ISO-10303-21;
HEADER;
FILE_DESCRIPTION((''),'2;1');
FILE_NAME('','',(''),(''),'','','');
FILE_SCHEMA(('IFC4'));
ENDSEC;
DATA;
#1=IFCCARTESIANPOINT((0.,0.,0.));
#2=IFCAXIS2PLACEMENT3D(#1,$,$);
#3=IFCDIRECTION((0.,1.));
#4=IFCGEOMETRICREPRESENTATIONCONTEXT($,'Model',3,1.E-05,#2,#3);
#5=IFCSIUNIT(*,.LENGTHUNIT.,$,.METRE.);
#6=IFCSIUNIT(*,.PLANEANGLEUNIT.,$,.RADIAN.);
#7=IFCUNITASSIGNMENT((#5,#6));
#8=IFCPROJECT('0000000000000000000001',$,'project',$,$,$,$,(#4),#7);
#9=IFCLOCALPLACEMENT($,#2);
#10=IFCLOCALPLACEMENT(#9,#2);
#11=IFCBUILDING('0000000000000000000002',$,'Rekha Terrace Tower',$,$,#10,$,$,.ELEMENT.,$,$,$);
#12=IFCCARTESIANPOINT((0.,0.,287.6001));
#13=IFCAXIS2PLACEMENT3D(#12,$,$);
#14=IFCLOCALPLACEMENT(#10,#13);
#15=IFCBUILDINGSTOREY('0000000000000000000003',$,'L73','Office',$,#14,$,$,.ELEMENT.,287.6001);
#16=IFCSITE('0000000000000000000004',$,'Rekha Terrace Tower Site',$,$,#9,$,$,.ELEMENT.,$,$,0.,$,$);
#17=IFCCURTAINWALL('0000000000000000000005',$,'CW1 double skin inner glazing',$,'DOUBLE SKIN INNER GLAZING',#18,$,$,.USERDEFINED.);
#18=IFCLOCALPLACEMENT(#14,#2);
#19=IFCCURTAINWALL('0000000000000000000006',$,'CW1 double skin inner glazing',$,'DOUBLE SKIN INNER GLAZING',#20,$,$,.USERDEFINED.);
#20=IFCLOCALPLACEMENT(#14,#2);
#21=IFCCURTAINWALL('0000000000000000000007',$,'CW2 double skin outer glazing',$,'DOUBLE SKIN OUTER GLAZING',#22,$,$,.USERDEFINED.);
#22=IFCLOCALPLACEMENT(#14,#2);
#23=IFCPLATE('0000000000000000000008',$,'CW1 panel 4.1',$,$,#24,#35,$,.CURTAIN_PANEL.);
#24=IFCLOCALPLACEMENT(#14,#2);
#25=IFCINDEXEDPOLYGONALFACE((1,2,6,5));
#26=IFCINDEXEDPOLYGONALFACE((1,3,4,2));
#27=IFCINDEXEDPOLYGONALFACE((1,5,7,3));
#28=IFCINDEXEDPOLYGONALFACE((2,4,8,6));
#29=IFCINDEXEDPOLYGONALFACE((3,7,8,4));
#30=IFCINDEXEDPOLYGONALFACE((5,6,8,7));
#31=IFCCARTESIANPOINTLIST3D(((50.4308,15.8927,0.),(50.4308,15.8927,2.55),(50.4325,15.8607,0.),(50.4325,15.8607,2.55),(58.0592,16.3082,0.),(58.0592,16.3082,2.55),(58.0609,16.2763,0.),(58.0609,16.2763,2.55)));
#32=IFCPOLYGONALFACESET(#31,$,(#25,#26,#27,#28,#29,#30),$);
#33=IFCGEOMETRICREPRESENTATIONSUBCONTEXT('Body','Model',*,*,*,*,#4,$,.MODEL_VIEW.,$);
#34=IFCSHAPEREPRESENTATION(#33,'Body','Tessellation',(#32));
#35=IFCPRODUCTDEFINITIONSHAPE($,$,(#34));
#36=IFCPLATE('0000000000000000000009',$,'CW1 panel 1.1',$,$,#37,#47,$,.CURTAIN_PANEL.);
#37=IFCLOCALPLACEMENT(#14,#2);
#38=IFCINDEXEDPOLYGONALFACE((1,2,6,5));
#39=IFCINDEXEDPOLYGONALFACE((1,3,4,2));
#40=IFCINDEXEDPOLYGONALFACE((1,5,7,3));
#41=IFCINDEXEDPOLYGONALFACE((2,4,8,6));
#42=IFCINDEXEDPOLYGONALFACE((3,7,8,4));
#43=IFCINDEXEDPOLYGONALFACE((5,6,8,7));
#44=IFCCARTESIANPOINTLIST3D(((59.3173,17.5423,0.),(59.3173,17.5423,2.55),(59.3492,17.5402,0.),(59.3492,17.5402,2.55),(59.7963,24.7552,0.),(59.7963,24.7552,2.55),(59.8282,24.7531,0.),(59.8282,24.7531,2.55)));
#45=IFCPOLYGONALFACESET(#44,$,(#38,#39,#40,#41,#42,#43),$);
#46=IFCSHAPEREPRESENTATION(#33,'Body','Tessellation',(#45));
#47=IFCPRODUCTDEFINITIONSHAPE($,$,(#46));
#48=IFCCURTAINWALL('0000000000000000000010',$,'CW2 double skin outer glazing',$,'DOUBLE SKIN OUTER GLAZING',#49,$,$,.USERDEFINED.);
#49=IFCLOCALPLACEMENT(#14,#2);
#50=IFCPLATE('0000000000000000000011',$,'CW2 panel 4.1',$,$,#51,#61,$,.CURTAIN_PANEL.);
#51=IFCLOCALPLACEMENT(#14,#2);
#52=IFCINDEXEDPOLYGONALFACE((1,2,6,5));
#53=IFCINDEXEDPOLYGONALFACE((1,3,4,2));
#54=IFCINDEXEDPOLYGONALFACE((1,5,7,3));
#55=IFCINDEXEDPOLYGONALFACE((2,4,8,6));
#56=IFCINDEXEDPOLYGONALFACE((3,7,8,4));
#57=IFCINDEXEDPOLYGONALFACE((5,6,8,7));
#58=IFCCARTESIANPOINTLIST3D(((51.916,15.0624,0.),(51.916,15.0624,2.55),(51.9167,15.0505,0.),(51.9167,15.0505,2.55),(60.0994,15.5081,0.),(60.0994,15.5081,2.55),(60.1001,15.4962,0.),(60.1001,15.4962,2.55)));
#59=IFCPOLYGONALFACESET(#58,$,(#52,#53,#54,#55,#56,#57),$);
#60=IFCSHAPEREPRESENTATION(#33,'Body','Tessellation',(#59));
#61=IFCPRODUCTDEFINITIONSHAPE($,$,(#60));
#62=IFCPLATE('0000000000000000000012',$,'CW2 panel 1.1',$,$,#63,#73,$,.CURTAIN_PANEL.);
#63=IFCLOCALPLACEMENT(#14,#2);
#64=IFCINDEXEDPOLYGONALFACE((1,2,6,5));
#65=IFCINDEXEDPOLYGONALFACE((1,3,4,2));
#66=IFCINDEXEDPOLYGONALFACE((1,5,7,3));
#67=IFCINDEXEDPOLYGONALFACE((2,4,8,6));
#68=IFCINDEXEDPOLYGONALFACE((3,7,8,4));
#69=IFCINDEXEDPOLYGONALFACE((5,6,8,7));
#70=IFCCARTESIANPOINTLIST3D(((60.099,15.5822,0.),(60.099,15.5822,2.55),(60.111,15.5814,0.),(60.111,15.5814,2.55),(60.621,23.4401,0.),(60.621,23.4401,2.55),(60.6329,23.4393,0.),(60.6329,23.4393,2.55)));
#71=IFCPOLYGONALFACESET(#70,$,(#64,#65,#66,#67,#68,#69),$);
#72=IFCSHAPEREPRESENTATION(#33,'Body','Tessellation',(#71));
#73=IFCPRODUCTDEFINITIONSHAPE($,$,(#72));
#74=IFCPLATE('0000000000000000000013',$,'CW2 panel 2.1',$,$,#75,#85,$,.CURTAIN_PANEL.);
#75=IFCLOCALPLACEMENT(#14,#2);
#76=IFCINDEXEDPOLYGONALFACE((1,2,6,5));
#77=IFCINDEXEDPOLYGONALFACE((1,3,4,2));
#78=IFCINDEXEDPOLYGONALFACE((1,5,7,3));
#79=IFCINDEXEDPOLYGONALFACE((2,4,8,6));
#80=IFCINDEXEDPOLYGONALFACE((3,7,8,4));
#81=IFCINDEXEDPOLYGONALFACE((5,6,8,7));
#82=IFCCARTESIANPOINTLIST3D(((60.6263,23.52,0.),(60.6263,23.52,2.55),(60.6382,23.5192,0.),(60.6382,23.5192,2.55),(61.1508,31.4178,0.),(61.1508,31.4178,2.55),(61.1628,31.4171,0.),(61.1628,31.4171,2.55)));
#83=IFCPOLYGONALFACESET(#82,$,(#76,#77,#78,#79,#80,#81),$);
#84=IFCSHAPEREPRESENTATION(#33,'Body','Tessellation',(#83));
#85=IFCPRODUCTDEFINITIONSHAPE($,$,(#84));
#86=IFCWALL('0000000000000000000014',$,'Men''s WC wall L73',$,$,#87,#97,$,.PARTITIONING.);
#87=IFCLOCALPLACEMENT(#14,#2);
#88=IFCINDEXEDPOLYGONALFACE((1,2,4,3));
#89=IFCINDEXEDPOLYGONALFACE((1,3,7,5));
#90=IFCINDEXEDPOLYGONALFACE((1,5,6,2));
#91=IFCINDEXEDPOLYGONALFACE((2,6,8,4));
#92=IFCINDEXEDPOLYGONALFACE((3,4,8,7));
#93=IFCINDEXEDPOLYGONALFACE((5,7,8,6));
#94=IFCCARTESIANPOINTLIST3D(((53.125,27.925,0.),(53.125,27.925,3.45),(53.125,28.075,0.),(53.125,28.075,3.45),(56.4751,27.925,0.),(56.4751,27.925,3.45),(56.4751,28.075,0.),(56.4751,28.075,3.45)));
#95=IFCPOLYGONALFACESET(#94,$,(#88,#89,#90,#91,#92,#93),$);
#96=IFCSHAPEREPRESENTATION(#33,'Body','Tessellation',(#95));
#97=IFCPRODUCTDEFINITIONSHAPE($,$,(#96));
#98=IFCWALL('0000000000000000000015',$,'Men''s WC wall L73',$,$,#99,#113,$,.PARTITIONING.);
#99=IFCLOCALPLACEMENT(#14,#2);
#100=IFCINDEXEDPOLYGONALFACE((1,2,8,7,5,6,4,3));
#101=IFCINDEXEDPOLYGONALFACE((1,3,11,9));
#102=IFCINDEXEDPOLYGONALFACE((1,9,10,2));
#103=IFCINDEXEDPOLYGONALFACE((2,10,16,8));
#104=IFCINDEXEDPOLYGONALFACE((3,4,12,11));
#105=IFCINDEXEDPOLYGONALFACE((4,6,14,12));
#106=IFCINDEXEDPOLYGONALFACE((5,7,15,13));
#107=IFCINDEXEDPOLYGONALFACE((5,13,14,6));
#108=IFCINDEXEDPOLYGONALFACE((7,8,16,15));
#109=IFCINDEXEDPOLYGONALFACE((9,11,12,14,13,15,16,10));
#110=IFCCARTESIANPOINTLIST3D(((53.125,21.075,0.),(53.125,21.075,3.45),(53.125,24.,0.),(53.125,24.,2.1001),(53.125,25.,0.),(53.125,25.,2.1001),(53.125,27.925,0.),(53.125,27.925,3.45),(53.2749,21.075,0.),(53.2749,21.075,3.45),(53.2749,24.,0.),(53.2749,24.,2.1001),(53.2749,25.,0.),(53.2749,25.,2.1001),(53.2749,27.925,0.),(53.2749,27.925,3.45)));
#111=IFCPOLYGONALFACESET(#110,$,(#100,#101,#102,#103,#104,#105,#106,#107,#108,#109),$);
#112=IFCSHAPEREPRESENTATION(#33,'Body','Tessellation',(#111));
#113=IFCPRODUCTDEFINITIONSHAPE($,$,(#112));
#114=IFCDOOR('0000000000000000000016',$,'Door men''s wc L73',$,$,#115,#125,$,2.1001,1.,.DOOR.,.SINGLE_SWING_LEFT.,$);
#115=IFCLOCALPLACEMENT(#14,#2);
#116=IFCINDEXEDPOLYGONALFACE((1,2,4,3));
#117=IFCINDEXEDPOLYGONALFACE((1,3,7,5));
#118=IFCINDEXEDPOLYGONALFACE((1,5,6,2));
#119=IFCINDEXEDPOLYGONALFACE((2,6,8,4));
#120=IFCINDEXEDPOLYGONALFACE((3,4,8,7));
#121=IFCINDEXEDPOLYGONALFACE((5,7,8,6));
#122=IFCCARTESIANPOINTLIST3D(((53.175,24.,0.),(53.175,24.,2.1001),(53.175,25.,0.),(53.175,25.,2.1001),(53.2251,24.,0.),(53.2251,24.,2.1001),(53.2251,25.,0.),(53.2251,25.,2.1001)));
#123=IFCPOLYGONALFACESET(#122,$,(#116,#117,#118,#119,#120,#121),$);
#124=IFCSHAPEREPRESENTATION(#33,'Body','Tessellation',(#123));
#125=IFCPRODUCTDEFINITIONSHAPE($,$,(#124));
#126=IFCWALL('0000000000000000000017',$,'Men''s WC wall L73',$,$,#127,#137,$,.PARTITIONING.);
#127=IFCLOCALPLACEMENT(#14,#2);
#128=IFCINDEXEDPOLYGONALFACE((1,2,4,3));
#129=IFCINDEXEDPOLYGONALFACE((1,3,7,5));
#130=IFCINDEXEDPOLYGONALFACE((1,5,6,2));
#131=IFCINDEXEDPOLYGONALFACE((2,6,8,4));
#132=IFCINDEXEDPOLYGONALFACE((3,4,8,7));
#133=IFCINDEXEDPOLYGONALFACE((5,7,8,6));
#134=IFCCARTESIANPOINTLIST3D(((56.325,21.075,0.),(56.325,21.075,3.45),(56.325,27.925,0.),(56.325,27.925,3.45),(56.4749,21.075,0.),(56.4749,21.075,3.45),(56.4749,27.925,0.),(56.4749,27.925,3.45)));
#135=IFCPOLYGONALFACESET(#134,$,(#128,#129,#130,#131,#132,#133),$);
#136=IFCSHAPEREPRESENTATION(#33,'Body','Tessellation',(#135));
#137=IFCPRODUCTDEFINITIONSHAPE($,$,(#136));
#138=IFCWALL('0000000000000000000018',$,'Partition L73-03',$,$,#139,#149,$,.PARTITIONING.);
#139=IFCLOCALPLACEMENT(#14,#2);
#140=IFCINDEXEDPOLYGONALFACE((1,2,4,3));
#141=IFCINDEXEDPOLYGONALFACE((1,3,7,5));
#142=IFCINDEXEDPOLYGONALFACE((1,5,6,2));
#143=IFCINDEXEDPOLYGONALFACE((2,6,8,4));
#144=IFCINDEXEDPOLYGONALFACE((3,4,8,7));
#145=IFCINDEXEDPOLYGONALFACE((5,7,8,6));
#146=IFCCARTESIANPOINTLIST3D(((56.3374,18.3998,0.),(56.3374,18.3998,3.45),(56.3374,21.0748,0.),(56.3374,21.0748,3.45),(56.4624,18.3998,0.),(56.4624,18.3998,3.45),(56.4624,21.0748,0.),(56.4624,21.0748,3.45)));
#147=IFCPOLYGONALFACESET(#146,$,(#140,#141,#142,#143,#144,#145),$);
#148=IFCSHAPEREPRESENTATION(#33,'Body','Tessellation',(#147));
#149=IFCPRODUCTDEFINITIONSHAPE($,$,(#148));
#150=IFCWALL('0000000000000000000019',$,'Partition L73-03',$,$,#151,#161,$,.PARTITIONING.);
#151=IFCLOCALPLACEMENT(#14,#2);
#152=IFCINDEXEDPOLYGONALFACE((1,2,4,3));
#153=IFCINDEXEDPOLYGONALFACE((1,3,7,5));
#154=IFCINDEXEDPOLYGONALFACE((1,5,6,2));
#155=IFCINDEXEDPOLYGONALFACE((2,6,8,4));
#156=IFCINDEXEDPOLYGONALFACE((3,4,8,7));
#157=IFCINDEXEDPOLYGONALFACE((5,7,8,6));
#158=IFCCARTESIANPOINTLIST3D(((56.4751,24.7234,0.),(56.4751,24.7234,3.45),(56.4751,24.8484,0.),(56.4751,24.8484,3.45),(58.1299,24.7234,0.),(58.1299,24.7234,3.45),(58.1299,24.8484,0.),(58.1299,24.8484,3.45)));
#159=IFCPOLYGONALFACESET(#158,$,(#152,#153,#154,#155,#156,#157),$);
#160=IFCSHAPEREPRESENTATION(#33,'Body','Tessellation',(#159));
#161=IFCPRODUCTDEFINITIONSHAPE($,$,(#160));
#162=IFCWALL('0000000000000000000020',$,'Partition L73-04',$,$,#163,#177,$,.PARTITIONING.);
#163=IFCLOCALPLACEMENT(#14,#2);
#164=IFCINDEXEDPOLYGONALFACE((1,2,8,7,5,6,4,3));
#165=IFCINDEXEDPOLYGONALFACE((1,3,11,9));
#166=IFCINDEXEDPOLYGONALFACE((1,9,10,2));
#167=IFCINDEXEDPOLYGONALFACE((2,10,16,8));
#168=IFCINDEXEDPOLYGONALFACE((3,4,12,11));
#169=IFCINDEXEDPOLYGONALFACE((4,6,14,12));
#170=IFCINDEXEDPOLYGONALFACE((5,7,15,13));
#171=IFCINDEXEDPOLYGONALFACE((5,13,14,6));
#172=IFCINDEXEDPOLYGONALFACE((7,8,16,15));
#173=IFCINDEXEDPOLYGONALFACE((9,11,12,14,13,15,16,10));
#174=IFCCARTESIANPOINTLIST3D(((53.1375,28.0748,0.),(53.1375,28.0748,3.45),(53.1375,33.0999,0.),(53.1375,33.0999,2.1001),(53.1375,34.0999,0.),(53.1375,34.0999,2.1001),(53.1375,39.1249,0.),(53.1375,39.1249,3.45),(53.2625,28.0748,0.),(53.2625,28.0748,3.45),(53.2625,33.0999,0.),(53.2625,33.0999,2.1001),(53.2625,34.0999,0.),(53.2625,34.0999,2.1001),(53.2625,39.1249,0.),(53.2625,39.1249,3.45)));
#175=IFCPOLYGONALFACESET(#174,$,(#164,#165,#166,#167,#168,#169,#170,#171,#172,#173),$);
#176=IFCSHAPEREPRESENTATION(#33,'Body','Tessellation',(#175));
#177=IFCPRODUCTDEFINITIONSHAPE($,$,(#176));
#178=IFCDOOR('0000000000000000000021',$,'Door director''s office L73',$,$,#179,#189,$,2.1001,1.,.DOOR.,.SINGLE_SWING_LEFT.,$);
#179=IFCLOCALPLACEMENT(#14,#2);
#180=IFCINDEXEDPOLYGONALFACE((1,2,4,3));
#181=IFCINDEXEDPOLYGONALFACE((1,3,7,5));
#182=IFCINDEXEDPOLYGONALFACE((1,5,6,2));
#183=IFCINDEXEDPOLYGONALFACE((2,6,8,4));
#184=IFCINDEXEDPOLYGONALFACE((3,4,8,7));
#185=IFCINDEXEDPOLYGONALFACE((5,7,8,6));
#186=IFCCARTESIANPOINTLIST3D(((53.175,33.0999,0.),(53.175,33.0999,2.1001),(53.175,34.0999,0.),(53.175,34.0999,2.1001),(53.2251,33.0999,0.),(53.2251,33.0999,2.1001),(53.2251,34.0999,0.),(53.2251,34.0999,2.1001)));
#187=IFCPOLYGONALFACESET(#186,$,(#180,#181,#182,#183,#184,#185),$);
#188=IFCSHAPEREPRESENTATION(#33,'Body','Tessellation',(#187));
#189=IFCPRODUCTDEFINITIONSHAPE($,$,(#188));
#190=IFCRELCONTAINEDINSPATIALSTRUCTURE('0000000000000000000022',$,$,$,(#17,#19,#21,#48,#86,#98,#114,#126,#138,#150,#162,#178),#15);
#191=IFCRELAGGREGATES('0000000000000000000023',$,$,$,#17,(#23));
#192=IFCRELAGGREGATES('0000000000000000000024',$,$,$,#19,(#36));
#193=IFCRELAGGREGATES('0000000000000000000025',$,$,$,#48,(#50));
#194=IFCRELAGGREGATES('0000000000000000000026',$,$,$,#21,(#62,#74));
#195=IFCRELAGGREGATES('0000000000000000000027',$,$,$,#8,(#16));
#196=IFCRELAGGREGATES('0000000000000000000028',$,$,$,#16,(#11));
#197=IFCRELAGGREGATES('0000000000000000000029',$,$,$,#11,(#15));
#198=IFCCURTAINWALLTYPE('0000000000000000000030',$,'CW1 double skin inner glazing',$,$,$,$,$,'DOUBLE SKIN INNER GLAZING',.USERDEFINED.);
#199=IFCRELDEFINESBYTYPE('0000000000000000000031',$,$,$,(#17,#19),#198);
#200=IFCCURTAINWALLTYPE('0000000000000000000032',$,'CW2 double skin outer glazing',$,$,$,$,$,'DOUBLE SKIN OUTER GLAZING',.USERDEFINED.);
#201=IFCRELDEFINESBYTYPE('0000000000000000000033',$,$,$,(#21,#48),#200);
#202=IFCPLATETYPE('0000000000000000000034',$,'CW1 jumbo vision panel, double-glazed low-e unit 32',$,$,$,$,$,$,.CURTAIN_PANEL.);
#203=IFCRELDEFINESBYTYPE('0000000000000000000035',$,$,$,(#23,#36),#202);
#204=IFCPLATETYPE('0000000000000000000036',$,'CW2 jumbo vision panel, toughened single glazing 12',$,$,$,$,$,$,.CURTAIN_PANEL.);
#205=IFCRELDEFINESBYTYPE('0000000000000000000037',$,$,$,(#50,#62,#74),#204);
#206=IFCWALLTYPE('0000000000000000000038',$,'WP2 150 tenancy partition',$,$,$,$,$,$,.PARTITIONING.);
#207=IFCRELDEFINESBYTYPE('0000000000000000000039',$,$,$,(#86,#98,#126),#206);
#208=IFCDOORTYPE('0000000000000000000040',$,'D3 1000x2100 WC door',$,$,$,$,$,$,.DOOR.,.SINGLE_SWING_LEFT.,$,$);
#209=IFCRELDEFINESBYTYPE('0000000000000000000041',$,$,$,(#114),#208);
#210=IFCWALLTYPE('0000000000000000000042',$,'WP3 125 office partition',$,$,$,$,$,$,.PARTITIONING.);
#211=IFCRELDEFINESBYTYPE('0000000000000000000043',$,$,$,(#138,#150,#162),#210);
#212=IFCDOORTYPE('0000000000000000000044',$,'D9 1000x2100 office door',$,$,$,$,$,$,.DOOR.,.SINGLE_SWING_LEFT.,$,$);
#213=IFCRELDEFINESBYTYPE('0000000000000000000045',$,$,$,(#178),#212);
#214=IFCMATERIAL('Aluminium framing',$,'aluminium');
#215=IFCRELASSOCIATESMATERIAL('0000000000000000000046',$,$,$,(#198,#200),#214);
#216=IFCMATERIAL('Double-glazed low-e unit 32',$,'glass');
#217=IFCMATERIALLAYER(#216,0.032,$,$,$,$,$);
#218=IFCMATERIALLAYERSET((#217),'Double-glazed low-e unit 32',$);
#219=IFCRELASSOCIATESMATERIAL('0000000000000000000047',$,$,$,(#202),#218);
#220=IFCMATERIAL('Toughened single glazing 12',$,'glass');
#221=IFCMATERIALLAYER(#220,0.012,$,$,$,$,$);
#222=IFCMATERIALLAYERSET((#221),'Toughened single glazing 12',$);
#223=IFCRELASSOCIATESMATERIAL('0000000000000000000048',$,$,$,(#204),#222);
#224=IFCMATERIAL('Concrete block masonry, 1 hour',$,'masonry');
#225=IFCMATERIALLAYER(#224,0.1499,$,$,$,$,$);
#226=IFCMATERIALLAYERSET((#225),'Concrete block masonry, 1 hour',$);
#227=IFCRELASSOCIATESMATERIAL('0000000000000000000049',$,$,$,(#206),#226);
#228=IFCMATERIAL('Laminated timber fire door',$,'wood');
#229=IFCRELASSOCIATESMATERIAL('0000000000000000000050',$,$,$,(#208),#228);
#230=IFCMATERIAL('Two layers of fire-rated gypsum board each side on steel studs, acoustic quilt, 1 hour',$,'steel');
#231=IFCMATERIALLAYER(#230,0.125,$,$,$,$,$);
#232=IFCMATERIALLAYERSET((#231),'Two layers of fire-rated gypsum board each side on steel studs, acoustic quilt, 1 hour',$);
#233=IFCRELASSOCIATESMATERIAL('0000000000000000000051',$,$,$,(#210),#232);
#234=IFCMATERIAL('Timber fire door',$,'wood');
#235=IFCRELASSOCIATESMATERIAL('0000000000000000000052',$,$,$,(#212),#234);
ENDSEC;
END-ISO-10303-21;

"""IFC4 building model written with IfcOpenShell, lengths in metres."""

from ifc_helpers import new_model, si_unit, direction, frame, frame_2d, origin, origin_2d, place, context, subcontext, project, spatial, rectangle, extrude, material, layer, layer_set, type_object, element, fill, aggregate, save


model = new_model("IFC4")

# Units and contexts
model_context = context("Model", 3, precision=1e-05, world=origin(), true_north=direction((0.0, 1.0)))
body_context = subcontext(model_context, "Body", "Model", "MODEL_VIEW")
ifc_project = project(units=[si_unit("LENGTHUNIT", "METRE"), si_unit("PLANEANGLEUNIT", "RADIAN")], contexts=[model_context])

# Site, building, storey
site_placement = place(None, origin())
site = spatial("IfcSite", under=ifc_project, at=site_placement, Name="Rekha Terrace Tower Site", CompositionType="ELEMENT", RefElevation=0.0)
building_placement = place(site_placement, origin())
building = spatial("IfcBuilding", under=site, at=building_placement, Name="Rekha Terrace Tower", CompositionType="ELEMENT")
storey_placement = place(building_placement, frame((0.0, 0.0, 287.6001)))
storey = spatial("IfcBuildingStorey", under=building, at=storey_placement, Name="L73", Description="Office", CompositionType="ELEMENT", Elevation=287.6001)

# Curtain wall
ifc_material_1 = material(Name="Aluminium framing", Category="aluminium")
curtain_wall_type_1 = type_object("IfcCurtainWallType", Name="CW1 double skin inner glazing", ElementType="DOUBLE SKIN INNER GLAZING", PredefinedType="USERDEFINED", material=ifc_material_1)
curtain_wall_1_placement = place(storey_placement, origin())
curtain_wall_1 = element("IfcCurtainWall", 1, at=curtain_wall_1_placement, inside=storey, type_object=curtain_wall_type_1, Name="CW1 double skin inner glazing", ObjectType="DOUBLE SKIN INNER GLAZING", PredefinedType="USERDEFINED")

# Curtain walls
curtain_wall_2_placement = place(storey_placement, origin())
curtain_wall_2 = element("IfcCurtainWall", 2, at=curtain_wall_2_placement, inside=storey, type_object=curtain_wall_type_1, Name="CW1 double skin inner glazing", ObjectType="DOUBLE SKIN INNER GLAZING", PredefinedType="USERDEFINED")
curtain_wall_type_2 = type_object("IfcCurtainWallType", Name="CW2 double skin outer glazing", ElementType="DOUBLE SKIN OUTER GLAZING", PredefinedType="USERDEFINED", material=ifc_material_1)
curtain_wall_3_placement = place(storey_placement, origin())
curtain_wall_3 = element("IfcCurtainWall", 3, at=curtain_wall_3_placement, inside=storey, type_object=curtain_wall_type_2, Name="CW2 double skin outer glazing", ObjectType="DOUBLE SKIN OUTER GLAZING", PredefinedType="USERDEFINED")

# Plates
ifc_material_2 = material(Name="Double-glazed low-e unit 32", Category="glass")
ifc_layer_1 = layer(ifc_material_2, 0.032)
ifc_layer_set_1 = layer_set([ifc_layer_1], Name="Double-glazed low-e unit 32")
plate_type_1 = type_object("IfcPlateType", Name="CW1 jumbo vision panel, double-glazed low-e unit 32", PredefinedType="CURTAIN_PANEL", material=ifc_layer_set_1)
plate_1_placement = place(storey_placement, frame((54.2458, 16.0845, 0.0), z_axis=(0.0, 0.0, 1.0), x_axis=(0.99852, 0.054389, 0.0)))
plate_1 = element("IfcPlate", 4, at=plate_1_placement, type_object=plate_type_1, Name="CW1 panel 4.1", PredefinedType="CURTAIN_PANEL", context=body_context, shape_type="SweptSolid", body=[
    extrude(rectangle(XDim=7.6396, YDim=0.032, at=origin_2d()), origin(), (0.0, 0.0, 1.0), 2.55),
])
aggregate(curtain_wall_1, [plate_1])
plate_2_placement = place(storey_placement, frame((59.5728, 21.1477, 0.0), z_axis=(0.0, 0.0, 1.0), x_axis=(0.066272, 0.997802, 0.0)))
plate_2 = element("IfcPlate", 5, at=plate_2_placement, type_object=plate_type_1, Name="CW1 panel 1.1", PredefinedType="CURTAIN_PANEL", context=body_context, shape_type="SweptSolid", body=[
    extrude(rectangle(XDim=7.2288, YDim=0.032, at=origin_2d()), origin(), (0.0, 0.0, 1.0), 2.55),
])
aggregate(curtain_wall_2, [plate_2])

# Curtain wall, plate
curtain_wall_4_placement = place(storey_placement, origin())
curtain_wall_4 = element("IfcCurtainWall", 6, at=curtain_wall_4_placement, inside=storey, type_object=curtain_wall_type_2, Name="CW2 double skin outer glazing", ObjectType="DOUBLE SKIN OUTER GLAZING", PredefinedType="USERDEFINED")
ifc_material_3 = material(Name="Toughened single glazing 12", Category="glass")
ifc_layer_2 = layer(ifc_material_3, 0.012)
ifc_layer_set_2 = layer_set([ifc_layer_2], Name="Toughened single glazing 12")
plate_type_2 = type_object("IfcPlateType", Name="CW2 jumbo vision panel, toughened single glazing 12", PredefinedType="CURTAIN_PANEL", material=ifc_layer_set_2)
plate_3_placement = place(storey_placement, frame((56.0081, 15.2793, 0.0), z_axis=(0.0, 0.0, 1.0), x_axis=(0.99852, 0.054389, 0.0)))
plate_3 = element("IfcPlate", 7, at=plate_3_placement, type_object=plate_type_2, Name="CW2 panel 4.1", PredefinedType="CURTAIN_PANEL", context=body_context, shape_type="SweptSolid", body=[
    extrude(rectangle(XDim=8.1956, YDim=0.012, at=origin_2d()), origin(), (0.0, 0.0, 1.0), 2.55),
])
aggregate(curtain_wall_4, [plate_3])

# Plates
plate_4_placement = place(storey_placement, frame((60.366, 19.5107, 0.0), z_axis=(0.0, 0.0, 1.0), x_axis=(0.066272, 0.997802, 0.0)))
plate_4 = element("IfcPlate", 8, at=plate_4_placement, type_object=plate_type_2, Name="CW2 panel 1.1", PredefinedType="CURTAIN_PANEL", context=body_context, shape_type="SweptSolid", body=[
    extrude(rectangle(XDim=7.8752, YDim=0.012, at=origin_2d()), origin(), (0.0, 0.0, 1.0), 2.55),
])
plate_5_placement = place(storey_placement, frame((60.8945, 27.4685, 0.0), z_axis=(0.0, 0.0, 1.0), x_axis=(0.066272, 0.997802, 0.0)))
plate_5 = element("IfcPlate", 9, at=plate_5_placement, type_object=plate_type_2, Name="CW2 panel 2.1", PredefinedType="CURTAIN_PANEL", context=body_context, shape_type="SweptSolid", body=[
    extrude(rectangle(XDim=7.9153, YDim=0.012, at=origin_2d()), origin(), (0.0, 0.0, 1.0), 2.55),
])
aggregate(curtain_wall_3, [plate_4, plate_5])

# Wall
ifc_material_4 = material(Name="Concrete block masonry, 1 hour", Category="masonry")
ifc_layer_3 = layer(ifc_material_4, 0.1499)
ifc_layer_set_3 = layer_set([ifc_layer_3], Name="Concrete block masonry, 1 hour")
wall_type_1 = type_object("IfcWallType", Name="WP2 150 tenancy partition", PredefinedType="PARTITIONING", material=ifc_layer_set_3)
wall_1_placement = place(storey_placement, frame((53.125, 28.0, 0.0), z_axis=(0.0, 0.0, 1.0), x_axis=(1.0, 0.0, 0.0)))
element("IfcWall", 10, at=wall_1_placement, inside=storey, type_object=wall_type_1, Name="Men's WC wall L73", PredefinedType="PARTITIONING", context=body_context, shape_type="SweptSolid", body=[
    extrude(rectangle(XDim=3.3501, YDim=0.1499, at=frame_2d((1.675, 0.0))), origin(), (0.0, 0.0, 1.0), 3.45),
])

# Wall, opening, door
wall_2_placement = place(storey_placement, frame((53.2, 21.075, 0.0), z_axis=(0.0, 0.0, 1.0), x_axis=(0.0, 1.0, 0.0)))
wall_2 = element("IfcWall", 11, at=wall_2_placement, inside=storey, type_object=wall_type_1, Name="Men's WC wall L73", PredefinedType="PARTITIONING", context=body_context, shape_type="SweptSolid", body=[
    extrude(rectangle(XDim=6.8501, YDim=0.1499, at=frame_2d((3.425, 0.0))), origin(), (0.0, 0.0, 1.0), 3.45),
])
opening_1_placement = place(wall_2_placement, frame((2.925, 0.0, 0.0)))
opening_1 = element("IfcOpeningElement", 12, at=opening_1_placement, cuts=wall_2, PredefinedType="OPENING", context=body_context, shape_type="SweptSolid", body=[
    extrude(rectangle(XDim=1.0, YDim=2.1001, at=frame_2d((0.5, 1.05))), frame((0.0, 0.085, 0.0), z_axis=(0.0, -1.0, 0.0), x_axis=(1.0, 0.0, 0.0)), (0.0, 0.0, 1.0), 0.1699),
])
ifc_material_5 = material(Name="Laminated timber fire door", Category="wood")
door_type_1 = type_object("IfcDoorType", Name="D3 1000x2100 WC door", OperationType="SINGLE_SWING_LEFT", PredefinedType="DOOR", material=ifc_material_5)
door_1_placement = place(opening_1_placement, origin())
door_1 = element("IfcDoor", 13, at=door_1_placement, inside=storey, type_object=door_type_1, Name="Door men's wc L73", OperationType="SINGLE_SWING_LEFT", OverallHeight=2.1001, OverallWidth=1.0, PredefinedType="DOOR", context=body_context, shape_type="SweptSolid", body=[
    extrude(rectangle(XDim=1.0, YDim=2.1001, at=frame_2d((0.5, 1.05))), frame((0.0, 0.0249, 0.0), z_axis=(0.0, -1.0, 0.0), x_axis=(1.0, 0.0, 0.0)), (0.0, 0.0, 1.0), 0.05),
])
fill(opening_1, door_1)

# Walls
wall_3_placement = place(storey_placement, frame((56.3999, 21.075, 0.0), z_axis=(0.0, 0.0, 1.0), x_axis=(0.0, 1.0, 0.0)))
element("IfcWall", 14, at=wall_3_placement, inside=storey, type_object=wall_type_1, Name="Men's WC wall L73", PredefinedType="PARTITIONING", context=body_context, shape_type="SweptSolid", body=[
    extrude(rectangle(XDim=6.8501, YDim=0.1499, at=frame_2d((3.425, 0.0))), origin(), (0.0, 0.0, 1.0), 3.45),
])
ifc_material_6 = material(Name="Two layers of fire-rated gypsum board each side on steel studs, acoustic quilt, 1 hour", Category="steel")
ifc_layer_4 = layer(ifc_material_6, 0.125)
ifc_layer_set_4 = layer_set([ifc_layer_4], Name="Two layers of fire-rated gypsum board each side on steel studs, acoustic quilt, 1 hour")
wall_type_2 = type_object("IfcWallType", Name="WP3 125 office partition", PredefinedType="PARTITIONING", material=ifc_layer_set_4)
wall_4_placement = place(storey_placement, frame((56.3999, 18.3999, 0.0), z_axis=(0.0, 0.0, 1.0), x_axis=(0.0, 1.0, 0.0)))
element("IfcWall", 15, at=wall_4_placement, inside=storey, type_object=wall_type_2, Name="Partition L73-03", PredefinedType="PARTITIONING", context=body_context, shape_type="SweptSolid", body=[
    extrude(rectangle(XDim=2.675, YDim=0.125, at=frame_2d((1.3374, 0.0))), origin(), (0.0, 0.0, 1.0), 3.45),
])
wall_5_placement = place(storey_placement, frame((56.4751, 24.7859, 0.0), z_axis=(0.0, 0.0, 1.0), x_axis=(1.0, 0.0, 0.0)))
element("IfcWall", 16, at=wall_5_placement, inside=storey, type_object=wall_type_2, Name="Partition L73-03", PredefinedType="PARTITIONING", context=body_context, shape_type="SweptSolid", body=[
    extrude(rectangle(XDim=1.6548, YDim=0.125, at=frame_2d((0.8274, 0.0))), origin(), (0.0, 0.0, 1.0), 3.45),
])

# Wall, opening, door
wall_6_placement = place(storey_placement, frame((53.2, 28.075, 0.0), z_axis=(0.0, 0.0, 1.0), x_axis=(0.0, 1.0, 0.0)))
wall_6 = element("IfcWall", 17, at=wall_6_placement, inside=storey, type_object=wall_type_2, Name="Partition L73-04", PredefinedType="PARTITIONING", context=body_context, shape_type="SweptSolid", body=[
    extrude(rectangle(XDim=11.05, YDim=0.125, at=frame_2d((5.5249, 0.0))), origin(), (0.0, 0.0, 1.0), 3.45),
])
opening_2_placement = place(wall_6_placement, frame((5.0249, 0.0, 0.0)))
opening_2 = element("IfcOpeningElement", 18, at=opening_2_placement, cuts=wall_6, PredefinedType="OPENING", context=body_context, shape_type="SweptSolid", body=[
    extrude(rectangle(XDim=1.0, YDim=2.1001, at=frame_2d((0.5, 1.05))), frame((0.0, 0.0725, 0.0), z_axis=(0.0, -1.0, 0.0), x_axis=(1.0, 0.0, 0.0)), (0.0, 0.0, 1.0), 0.145),
])
ifc_material_7 = material(Name="Timber fire door", Category="wood")
door_type_2 = type_object("IfcDoorType", Name="D9 1000x2100 office door", OperationType="SINGLE_SWING_LEFT", PredefinedType="DOOR", material=ifc_material_7)
door_2_placement = place(opening_2_placement, origin())
door_2 = element("IfcDoor", 19, at=door_2_placement, inside=storey, type_object=door_type_2, Name="Door director's office L73", OperationType="SINGLE_SWING_LEFT", OverallHeight=2.1001, OverallWidth=1.0, PredefinedType="DOOR", context=body_context, shape_type="SweptSolid", body=[
    extrude(rectangle(XDim=1.0, YDim=2.1001, at=frame_2d((0.5, 1.05))), frame((0.0, 0.0249, 0.0), z_axis=(0.0, -1.0, 0.0), x_axis=(1.0, 0.0, 0.0)), (0.0, 0.0, 1.0), 0.05),
])
fill(opening_2, door_2)

save(model, "model.ifc")
